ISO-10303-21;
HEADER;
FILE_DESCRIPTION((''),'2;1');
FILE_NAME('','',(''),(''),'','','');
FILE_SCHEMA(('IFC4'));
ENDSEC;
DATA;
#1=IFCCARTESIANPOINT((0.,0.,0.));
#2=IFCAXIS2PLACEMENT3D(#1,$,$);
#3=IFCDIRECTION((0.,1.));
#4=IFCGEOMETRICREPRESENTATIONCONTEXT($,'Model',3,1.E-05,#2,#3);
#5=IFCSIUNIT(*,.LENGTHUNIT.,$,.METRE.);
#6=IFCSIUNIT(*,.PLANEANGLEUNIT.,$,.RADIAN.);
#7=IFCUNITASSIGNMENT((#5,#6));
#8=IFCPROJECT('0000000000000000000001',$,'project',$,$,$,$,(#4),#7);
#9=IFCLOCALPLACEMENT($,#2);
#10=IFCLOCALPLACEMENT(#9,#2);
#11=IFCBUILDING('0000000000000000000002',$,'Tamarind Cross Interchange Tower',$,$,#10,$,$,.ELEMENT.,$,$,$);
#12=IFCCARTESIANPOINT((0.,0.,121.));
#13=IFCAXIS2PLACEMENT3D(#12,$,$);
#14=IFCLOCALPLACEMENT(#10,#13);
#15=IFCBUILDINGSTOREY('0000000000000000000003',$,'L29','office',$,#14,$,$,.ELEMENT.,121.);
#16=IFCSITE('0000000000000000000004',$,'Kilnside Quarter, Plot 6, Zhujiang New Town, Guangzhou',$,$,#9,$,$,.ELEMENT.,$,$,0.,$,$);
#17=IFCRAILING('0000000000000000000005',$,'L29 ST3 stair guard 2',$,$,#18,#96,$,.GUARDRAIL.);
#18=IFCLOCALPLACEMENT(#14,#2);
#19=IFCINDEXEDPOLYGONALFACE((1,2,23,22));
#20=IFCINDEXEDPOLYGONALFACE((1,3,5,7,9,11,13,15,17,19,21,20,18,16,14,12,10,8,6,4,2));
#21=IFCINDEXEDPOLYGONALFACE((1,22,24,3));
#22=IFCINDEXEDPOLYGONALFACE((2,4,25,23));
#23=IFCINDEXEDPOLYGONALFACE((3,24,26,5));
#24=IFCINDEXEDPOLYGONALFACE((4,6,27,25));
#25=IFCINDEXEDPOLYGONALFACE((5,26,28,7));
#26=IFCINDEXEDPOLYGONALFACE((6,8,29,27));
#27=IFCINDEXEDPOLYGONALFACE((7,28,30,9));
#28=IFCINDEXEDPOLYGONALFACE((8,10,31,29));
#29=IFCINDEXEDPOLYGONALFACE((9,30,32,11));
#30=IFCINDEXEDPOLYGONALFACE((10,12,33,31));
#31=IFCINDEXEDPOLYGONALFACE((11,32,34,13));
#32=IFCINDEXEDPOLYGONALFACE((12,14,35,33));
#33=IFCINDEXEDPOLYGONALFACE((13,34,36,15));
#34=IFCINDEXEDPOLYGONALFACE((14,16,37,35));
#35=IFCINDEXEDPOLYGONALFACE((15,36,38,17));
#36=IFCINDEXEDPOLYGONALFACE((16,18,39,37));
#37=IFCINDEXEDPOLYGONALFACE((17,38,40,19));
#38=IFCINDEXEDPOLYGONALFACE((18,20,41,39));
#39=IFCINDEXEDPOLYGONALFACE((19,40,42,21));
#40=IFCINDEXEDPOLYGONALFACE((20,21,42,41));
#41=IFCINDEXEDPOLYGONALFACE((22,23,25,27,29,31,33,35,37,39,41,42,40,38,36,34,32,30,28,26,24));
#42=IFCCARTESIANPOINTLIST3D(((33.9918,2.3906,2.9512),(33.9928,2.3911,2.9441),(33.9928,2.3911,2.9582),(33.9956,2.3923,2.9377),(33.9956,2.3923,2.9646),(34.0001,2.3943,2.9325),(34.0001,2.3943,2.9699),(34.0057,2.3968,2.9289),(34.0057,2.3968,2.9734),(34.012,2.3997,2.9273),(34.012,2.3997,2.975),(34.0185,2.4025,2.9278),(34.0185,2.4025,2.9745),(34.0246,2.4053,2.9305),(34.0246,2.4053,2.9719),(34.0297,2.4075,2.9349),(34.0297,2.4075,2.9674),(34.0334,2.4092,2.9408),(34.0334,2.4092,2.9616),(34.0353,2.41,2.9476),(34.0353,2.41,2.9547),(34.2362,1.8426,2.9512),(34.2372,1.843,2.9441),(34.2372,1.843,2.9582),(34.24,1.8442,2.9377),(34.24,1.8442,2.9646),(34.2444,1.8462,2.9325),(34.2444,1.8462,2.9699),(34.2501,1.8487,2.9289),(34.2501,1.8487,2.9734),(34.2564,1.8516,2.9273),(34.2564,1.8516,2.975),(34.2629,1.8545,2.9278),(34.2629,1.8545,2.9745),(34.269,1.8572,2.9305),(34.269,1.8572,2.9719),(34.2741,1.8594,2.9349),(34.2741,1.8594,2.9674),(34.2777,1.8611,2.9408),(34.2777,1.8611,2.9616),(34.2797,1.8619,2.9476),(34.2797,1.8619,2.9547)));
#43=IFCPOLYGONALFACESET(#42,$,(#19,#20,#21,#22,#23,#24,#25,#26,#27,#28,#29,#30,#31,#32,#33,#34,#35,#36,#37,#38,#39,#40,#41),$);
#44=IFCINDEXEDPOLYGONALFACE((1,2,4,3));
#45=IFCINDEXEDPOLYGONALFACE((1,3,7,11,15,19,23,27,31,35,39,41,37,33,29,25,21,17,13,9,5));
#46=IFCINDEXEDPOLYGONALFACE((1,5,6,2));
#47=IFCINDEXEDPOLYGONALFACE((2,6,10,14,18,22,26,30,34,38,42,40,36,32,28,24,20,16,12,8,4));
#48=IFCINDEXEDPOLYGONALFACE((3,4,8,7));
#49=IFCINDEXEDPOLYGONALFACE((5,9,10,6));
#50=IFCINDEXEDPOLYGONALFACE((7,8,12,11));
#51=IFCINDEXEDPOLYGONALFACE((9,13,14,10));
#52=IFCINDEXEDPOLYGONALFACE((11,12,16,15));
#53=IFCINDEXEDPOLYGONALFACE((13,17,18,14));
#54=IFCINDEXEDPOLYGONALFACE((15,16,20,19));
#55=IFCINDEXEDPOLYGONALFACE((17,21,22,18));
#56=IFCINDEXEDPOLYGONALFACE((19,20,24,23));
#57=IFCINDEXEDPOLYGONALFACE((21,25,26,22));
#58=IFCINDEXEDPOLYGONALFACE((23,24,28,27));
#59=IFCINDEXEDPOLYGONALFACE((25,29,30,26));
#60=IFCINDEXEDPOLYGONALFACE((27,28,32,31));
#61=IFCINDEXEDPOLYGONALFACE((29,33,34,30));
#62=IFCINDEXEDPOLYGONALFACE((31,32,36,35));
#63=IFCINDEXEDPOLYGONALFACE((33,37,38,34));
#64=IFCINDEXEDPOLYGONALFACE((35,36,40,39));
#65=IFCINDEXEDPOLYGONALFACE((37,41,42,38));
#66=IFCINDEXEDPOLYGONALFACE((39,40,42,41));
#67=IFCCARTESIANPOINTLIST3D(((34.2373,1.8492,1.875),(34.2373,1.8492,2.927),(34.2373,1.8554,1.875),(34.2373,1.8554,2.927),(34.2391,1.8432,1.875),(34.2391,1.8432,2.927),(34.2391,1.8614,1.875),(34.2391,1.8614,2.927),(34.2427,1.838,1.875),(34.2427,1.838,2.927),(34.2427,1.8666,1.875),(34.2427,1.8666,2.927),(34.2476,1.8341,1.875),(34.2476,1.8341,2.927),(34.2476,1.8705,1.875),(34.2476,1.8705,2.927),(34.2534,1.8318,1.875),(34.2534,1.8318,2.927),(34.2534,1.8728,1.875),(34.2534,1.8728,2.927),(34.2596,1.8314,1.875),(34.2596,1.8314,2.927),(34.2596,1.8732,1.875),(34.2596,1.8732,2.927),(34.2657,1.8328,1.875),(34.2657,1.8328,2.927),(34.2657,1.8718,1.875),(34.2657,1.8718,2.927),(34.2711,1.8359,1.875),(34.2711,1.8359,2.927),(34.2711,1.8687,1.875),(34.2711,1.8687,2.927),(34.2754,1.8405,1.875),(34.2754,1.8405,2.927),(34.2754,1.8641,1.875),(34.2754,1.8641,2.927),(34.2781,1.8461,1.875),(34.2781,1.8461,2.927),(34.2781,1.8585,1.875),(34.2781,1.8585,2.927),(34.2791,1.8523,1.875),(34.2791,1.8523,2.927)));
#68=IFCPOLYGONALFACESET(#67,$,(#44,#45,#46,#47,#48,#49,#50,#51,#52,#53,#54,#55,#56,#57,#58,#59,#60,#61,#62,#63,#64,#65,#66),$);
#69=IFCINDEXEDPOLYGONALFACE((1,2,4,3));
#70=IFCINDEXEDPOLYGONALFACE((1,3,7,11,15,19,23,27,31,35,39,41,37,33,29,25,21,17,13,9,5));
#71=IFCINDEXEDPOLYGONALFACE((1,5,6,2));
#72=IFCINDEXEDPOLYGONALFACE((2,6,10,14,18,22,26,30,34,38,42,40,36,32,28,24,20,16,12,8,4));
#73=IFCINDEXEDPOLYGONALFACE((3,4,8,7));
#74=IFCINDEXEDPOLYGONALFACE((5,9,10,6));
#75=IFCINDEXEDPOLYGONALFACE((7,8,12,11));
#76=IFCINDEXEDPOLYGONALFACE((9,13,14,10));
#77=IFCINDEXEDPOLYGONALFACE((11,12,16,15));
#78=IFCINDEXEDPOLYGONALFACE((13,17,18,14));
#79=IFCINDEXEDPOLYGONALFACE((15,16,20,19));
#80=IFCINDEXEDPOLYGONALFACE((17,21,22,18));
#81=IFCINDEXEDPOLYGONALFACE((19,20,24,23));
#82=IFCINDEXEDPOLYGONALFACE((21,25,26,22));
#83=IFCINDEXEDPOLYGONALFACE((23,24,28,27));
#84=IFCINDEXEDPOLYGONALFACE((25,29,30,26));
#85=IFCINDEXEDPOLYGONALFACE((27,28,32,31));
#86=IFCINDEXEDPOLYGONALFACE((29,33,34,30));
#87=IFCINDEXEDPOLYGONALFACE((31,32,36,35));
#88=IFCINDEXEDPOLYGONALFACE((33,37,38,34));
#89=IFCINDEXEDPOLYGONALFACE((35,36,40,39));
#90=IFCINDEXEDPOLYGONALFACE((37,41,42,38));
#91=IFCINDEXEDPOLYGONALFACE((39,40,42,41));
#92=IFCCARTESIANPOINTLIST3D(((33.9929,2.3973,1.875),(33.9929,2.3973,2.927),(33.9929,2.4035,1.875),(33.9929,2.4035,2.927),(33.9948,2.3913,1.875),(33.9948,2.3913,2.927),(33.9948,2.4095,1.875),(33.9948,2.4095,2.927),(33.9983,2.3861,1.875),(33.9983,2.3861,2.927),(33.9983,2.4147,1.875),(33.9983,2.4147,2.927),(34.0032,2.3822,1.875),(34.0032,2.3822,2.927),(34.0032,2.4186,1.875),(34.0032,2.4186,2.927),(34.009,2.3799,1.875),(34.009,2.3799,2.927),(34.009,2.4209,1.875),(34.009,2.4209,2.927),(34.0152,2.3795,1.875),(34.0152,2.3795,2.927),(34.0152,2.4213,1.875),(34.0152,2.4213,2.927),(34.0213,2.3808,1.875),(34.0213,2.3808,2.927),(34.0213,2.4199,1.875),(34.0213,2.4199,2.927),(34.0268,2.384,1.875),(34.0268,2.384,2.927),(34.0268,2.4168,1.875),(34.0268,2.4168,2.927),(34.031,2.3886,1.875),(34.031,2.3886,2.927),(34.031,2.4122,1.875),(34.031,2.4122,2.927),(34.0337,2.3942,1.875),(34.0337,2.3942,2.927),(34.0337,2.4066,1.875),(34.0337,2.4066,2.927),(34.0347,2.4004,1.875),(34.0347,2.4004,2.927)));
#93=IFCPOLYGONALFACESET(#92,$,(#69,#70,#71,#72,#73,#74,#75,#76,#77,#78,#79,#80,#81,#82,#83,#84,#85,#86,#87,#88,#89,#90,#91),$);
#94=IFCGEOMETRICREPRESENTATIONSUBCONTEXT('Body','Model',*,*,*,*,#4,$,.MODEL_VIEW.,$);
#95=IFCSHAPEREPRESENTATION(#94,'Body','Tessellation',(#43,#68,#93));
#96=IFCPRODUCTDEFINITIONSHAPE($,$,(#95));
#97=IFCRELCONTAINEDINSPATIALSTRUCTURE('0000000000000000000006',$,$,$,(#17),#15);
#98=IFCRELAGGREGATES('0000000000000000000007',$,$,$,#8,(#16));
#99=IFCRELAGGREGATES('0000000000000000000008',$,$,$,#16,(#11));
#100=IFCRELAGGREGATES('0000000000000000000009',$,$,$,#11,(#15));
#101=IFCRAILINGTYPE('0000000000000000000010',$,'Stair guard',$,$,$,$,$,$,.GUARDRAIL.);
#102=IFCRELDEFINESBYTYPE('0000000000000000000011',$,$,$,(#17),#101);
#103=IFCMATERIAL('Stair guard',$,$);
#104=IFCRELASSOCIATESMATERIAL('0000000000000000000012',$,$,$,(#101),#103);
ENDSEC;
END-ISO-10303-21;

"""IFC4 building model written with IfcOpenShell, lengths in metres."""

from ifc_helpers import new_model, si_unit, direction, frame, origin, origin_2d, place, context, subcontext, project, spatial, circle, extrude, material, type_object, element, save


model = new_model("IFC4")

# Units and contexts
model_context = context("Model", 3, precision=1e-05, world=origin(), true_north=direction((0.0, 1.0)))
body_context = subcontext(model_context, "Body", "Model", "MODEL_VIEW")
ifc_project = project(units=[si_unit("LENGTHUNIT", "METRE"), si_unit("PLANEANGLEUNIT", "RADIAN")], contexts=[model_context])

# Site, building, storey
site_placement = place(None, origin())
site = spatial("IfcSite", under=ifc_project, at=site_placement, Name="Kilnside Quarter, Plot 6, Zhujiang New Town, Guangzhou", CompositionType="ELEMENT", RefElevation=0.0)
building_placement = place(site_placement, origin())
building = spatial("IfcBuilding", under=site, at=building_placement, Name="Tamarind Cross Interchange Tower", CompositionType="ELEMENT")
storey_placement = place(building_placement, frame((0.0, 0.0, 121.0)))
storey = spatial("IfcBuildingStorey", under=building, at=storey_placement, Name="L29", Description="office", CompositionType="ELEMENT", Elevation=121.0)

# Railing
ifc_material_1 = material(Name="Stair guard")
railing_type_1 = type_object("IfcRailingType", Name="Stair guard", PredefinedType="GUARDRAIL", material=ifc_material_1)
railing_1_placement = place(storey_placement, frame((34.2581, 1.8523, 1.875)))
element("IfcRailing", 1, at=railing_1_placement, inside=storey, type_object=railing_type_1, Name="L29 ST3 stair guard 2", PredefinedType="GUARDRAIL", context=body_context, shape_type="SweptSolid", body=[
    extrude(circle(Radius=0.0239, at=origin_2d()), frame((0.0, 0.0, 1.0762), z_axis=(-0.407233, 0.913324, 0.0), x_axis=(-0.913324, -0.407233, 0.0)), (0.0, 0.0, 1.0), 0.6001),
    extrude(circle(Radius=0.021, at=origin_2d()), origin(), (0.0, 0.0, 1.0), 1.052),
    extrude(circle(Radius=0.021, at=origin_2d()), frame((-0.2444, 0.5481, 0.0)), (0.0, 0.0, 1.0), 1.052),
])

save(model, "model.ifc")
